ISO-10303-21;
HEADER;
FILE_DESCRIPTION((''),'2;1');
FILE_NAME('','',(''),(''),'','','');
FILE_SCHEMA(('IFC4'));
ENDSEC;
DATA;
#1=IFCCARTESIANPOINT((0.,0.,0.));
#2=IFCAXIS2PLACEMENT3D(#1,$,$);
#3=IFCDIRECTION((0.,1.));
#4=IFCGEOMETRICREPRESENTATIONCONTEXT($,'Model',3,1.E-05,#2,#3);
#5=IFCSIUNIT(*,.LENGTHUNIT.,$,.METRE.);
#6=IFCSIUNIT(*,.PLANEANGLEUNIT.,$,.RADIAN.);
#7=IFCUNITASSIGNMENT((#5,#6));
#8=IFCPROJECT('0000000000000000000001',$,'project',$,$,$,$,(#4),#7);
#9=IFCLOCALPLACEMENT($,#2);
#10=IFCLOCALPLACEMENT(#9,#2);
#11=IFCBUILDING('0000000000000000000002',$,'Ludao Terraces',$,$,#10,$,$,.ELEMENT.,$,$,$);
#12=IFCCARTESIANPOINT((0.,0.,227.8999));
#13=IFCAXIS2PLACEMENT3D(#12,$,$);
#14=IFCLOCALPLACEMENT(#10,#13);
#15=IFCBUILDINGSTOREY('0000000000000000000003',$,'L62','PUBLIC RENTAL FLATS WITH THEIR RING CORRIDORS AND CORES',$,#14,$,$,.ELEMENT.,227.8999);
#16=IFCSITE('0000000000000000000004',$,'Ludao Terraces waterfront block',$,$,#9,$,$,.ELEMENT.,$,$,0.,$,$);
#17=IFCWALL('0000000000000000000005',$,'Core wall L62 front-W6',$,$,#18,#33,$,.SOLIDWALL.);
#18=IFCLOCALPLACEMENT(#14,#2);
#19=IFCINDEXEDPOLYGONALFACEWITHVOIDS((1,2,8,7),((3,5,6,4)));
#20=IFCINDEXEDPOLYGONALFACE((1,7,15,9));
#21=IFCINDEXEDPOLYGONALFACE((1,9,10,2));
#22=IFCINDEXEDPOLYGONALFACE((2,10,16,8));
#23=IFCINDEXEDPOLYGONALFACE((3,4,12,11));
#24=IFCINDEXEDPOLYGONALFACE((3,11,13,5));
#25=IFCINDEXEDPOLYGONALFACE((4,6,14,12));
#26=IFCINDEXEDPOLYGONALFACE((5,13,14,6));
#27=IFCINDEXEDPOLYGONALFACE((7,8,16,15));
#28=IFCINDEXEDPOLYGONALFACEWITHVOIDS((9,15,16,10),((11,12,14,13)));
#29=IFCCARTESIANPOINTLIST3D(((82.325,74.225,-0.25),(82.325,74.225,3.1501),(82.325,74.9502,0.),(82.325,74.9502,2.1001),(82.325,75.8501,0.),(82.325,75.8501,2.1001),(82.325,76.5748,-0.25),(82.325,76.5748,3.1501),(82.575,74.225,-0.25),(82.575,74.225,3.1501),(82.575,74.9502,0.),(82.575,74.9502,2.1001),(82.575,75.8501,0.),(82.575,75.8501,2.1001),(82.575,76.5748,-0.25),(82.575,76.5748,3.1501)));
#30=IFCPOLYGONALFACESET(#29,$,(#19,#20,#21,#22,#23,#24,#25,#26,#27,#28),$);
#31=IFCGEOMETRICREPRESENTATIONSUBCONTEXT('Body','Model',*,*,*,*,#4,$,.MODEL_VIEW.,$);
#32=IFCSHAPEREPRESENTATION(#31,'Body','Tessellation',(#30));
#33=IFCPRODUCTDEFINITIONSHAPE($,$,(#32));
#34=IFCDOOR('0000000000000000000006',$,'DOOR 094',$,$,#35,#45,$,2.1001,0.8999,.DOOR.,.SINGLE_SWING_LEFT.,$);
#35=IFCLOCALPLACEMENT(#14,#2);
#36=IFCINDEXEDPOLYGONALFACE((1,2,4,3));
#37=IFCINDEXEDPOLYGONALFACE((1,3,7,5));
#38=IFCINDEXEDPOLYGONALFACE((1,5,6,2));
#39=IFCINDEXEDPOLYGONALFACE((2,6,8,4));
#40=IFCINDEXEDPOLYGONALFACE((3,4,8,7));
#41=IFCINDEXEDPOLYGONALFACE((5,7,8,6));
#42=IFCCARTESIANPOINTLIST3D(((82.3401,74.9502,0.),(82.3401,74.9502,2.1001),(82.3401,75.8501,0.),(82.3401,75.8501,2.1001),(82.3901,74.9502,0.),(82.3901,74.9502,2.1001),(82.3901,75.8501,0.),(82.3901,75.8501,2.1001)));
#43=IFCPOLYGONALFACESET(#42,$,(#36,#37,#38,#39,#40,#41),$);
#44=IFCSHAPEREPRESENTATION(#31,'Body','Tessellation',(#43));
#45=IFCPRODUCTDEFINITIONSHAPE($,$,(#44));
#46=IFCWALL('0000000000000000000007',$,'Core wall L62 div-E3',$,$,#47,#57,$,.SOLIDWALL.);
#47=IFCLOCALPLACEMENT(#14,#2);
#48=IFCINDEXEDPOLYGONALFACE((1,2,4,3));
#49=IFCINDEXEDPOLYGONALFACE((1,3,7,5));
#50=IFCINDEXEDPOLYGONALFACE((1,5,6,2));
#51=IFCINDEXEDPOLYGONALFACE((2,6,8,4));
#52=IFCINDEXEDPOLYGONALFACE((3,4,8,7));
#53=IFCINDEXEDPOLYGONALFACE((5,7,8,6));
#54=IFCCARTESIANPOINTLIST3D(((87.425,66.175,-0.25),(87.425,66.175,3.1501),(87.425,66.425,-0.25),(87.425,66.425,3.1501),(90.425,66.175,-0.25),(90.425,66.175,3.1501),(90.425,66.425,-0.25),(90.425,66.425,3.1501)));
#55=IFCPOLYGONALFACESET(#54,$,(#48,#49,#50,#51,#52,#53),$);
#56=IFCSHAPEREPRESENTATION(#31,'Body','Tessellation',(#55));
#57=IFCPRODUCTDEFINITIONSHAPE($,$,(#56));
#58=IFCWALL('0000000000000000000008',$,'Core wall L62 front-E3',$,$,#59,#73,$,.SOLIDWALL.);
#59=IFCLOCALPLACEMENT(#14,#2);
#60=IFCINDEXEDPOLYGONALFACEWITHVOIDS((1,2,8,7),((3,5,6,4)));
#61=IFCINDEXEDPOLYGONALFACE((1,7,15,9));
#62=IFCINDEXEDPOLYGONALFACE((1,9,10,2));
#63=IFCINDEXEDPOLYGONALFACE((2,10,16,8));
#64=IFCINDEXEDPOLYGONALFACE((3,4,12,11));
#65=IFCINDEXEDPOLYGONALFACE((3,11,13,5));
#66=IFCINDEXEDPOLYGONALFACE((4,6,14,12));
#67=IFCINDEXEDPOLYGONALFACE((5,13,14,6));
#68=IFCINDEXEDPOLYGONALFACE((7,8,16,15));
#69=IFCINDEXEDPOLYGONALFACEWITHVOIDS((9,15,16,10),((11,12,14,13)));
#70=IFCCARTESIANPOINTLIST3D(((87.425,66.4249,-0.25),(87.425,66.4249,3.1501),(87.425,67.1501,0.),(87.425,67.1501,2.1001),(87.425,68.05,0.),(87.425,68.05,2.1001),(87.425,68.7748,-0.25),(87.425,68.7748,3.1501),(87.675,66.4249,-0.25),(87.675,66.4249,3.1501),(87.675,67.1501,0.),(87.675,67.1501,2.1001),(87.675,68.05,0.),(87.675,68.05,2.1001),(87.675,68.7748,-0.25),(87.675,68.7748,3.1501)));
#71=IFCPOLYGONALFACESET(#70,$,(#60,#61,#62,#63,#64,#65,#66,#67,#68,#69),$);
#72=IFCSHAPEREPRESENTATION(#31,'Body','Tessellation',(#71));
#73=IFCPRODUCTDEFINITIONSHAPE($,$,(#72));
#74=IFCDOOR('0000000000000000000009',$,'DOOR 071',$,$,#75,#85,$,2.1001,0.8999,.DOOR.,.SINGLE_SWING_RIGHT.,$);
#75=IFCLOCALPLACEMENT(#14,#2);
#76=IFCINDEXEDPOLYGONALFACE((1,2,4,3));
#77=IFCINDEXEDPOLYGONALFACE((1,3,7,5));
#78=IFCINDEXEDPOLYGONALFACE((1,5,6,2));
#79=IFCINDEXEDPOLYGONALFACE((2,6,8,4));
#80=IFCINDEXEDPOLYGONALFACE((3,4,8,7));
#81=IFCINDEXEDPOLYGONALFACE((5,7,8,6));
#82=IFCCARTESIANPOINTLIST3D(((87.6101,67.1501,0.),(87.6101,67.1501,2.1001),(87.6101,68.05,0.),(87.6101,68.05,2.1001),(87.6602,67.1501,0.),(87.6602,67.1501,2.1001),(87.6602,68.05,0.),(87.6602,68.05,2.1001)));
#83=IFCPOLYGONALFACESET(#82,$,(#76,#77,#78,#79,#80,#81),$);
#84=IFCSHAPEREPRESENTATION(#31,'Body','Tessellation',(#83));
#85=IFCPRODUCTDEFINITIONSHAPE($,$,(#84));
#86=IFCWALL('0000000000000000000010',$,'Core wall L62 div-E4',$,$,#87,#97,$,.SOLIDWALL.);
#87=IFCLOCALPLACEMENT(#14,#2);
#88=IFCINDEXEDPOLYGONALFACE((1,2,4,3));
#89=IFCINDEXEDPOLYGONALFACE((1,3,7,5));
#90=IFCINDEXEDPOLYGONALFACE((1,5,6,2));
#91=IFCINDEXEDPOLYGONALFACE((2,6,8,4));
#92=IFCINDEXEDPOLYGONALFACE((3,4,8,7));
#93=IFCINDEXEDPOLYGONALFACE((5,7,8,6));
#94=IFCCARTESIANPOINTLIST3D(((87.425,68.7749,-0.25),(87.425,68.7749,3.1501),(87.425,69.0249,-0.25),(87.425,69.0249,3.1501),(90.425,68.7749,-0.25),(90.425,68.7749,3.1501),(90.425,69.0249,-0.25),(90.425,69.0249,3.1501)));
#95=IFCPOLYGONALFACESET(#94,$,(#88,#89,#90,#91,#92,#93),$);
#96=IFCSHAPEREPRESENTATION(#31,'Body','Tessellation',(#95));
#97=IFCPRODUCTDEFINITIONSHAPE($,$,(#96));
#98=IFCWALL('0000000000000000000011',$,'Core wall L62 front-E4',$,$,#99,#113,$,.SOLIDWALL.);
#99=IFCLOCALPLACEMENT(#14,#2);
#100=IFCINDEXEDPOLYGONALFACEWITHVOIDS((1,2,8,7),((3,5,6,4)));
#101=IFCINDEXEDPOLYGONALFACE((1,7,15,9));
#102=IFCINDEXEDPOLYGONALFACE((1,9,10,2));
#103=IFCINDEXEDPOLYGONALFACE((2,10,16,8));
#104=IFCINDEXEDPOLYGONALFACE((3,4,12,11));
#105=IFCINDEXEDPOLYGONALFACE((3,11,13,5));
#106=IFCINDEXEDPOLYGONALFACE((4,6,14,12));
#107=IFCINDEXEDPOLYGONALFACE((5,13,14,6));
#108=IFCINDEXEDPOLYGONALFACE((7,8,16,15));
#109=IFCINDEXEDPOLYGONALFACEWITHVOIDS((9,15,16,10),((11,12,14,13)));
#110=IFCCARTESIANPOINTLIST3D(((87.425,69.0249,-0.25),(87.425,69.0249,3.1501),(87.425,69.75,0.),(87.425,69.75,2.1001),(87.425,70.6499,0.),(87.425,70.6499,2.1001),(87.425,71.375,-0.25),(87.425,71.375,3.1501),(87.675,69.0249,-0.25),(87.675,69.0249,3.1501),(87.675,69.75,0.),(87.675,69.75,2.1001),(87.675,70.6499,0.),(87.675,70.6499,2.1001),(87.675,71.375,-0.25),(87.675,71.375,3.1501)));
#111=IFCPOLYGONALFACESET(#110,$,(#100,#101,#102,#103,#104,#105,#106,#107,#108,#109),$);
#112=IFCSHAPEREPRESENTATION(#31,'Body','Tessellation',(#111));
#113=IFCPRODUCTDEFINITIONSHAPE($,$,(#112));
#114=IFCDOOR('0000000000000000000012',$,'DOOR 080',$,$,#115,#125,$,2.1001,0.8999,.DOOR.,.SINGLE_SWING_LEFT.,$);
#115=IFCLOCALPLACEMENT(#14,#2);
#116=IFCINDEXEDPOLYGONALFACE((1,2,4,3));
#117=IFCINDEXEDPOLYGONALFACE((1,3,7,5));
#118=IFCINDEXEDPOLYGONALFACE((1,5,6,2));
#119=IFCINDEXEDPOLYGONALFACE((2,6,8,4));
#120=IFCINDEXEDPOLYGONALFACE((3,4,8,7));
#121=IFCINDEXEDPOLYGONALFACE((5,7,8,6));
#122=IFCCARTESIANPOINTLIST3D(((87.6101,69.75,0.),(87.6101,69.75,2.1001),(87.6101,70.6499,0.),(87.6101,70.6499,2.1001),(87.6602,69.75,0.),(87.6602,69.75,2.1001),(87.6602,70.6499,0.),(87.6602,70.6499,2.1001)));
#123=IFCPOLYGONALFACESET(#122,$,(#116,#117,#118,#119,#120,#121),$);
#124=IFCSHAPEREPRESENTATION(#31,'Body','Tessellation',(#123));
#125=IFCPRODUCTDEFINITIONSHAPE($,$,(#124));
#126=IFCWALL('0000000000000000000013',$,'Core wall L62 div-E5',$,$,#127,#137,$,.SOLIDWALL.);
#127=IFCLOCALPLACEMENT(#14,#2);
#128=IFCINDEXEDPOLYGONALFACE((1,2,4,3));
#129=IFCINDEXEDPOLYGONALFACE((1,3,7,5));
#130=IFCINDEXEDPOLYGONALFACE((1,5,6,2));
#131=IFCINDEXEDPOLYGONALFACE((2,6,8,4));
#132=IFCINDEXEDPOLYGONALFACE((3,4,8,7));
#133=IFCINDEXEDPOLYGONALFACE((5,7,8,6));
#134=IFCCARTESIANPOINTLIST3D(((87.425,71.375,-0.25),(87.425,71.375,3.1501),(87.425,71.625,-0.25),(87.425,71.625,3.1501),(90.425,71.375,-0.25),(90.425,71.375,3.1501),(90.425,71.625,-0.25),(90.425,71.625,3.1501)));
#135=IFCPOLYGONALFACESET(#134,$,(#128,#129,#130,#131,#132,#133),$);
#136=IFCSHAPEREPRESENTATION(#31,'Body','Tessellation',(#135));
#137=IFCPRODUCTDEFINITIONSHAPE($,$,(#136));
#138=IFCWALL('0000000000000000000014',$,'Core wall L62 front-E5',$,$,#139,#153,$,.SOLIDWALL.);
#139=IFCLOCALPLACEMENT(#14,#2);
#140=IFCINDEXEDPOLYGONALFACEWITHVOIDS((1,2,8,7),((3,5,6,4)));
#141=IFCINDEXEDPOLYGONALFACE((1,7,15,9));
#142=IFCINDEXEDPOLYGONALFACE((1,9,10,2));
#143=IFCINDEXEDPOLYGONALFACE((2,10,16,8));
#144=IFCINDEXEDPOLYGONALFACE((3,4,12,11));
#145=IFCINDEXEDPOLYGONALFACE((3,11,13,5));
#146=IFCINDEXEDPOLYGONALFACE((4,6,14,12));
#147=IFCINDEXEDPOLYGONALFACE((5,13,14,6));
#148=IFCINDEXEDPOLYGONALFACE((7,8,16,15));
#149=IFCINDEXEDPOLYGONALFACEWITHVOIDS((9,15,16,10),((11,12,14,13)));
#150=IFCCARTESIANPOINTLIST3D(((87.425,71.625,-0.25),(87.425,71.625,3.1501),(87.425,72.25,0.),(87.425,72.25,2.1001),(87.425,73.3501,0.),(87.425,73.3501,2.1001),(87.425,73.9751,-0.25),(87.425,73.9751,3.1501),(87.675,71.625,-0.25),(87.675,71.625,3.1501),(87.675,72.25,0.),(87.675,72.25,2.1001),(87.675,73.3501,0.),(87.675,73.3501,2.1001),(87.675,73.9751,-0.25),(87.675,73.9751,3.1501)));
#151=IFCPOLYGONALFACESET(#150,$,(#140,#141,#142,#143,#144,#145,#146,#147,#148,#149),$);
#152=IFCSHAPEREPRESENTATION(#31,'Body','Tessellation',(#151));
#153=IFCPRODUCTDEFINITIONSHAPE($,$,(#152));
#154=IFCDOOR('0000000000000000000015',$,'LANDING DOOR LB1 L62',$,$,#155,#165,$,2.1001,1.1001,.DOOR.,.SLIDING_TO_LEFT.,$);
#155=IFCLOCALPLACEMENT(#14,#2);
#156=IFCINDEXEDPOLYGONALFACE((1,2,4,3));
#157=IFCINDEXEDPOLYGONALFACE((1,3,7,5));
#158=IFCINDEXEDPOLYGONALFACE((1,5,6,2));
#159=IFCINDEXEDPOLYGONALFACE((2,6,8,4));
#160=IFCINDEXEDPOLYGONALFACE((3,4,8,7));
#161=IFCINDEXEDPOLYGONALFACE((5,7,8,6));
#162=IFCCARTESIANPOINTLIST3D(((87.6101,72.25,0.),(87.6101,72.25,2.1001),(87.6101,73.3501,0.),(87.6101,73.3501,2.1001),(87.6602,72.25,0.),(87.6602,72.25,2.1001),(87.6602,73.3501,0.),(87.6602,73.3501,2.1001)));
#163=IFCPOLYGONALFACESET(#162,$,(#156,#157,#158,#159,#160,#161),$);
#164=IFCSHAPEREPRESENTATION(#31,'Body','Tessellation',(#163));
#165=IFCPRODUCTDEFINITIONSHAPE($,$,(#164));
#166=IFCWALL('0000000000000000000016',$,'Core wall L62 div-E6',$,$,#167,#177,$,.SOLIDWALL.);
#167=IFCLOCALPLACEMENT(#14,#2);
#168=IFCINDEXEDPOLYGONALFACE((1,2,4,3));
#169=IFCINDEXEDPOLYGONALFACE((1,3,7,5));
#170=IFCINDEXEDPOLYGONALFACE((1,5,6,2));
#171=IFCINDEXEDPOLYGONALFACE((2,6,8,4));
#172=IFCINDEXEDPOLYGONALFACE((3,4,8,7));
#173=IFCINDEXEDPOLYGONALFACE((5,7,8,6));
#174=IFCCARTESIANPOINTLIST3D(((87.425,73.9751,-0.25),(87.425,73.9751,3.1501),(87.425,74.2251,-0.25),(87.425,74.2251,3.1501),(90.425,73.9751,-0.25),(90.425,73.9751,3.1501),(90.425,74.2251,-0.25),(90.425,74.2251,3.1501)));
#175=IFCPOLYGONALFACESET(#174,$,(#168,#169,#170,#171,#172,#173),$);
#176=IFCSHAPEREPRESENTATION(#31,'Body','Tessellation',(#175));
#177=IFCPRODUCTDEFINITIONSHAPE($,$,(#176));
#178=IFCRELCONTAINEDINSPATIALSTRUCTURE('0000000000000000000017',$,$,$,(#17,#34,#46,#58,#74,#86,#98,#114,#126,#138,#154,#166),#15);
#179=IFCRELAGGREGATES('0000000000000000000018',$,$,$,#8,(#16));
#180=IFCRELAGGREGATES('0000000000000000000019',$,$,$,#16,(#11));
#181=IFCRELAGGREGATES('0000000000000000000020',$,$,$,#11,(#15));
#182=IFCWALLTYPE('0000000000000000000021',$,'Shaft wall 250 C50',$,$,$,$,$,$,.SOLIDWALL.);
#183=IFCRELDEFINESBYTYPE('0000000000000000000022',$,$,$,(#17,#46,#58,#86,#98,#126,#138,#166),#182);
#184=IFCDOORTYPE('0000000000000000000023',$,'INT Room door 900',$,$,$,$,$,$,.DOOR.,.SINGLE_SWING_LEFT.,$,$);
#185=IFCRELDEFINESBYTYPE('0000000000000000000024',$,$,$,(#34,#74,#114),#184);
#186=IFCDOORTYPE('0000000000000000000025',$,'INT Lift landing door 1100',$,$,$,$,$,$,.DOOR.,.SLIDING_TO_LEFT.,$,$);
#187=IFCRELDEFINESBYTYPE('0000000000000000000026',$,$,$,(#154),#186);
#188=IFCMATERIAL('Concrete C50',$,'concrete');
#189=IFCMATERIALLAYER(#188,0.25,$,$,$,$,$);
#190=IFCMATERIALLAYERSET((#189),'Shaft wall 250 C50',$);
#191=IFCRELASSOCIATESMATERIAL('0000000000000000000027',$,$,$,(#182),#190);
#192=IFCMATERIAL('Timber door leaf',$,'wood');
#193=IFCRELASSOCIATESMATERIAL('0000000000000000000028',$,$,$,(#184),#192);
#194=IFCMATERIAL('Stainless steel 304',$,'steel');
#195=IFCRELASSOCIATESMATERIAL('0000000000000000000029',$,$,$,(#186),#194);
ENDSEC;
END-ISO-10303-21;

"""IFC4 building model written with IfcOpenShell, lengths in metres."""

from ifc_helpers import new_model, si_unit, direction, frame, frame_2d, origin, place, context, subcontext, project, spatial, rectangle, extrude, material, layer, layer_set, type_object, element, fill, save


model = new_model("IFC4")

# Units and contexts
model_context = context("Model", 3, precision=1e-05, world=origin(), true_north=direction((0.0, 1.0)))
body_context = subcontext(model_context, "Body", "Model", "MODEL_VIEW")
ifc_project = project(units=[si_unit("LENGTHUNIT", "METRE"), si_unit("PLANEANGLEUNIT", "RADIAN")], contexts=[model_context])

# Site, building, storey
site_placement = place(None, origin())
site = spatial("IfcSite", under=ifc_project, at=site_placement, Name="Ludao Terraces waterfront block", CompositionType="ELEMENT", RefElevation=0.0)
building_placement = place(site_placement, origin())
building = spatial("IfcBuilding", under=site, at=building_placement, Name="Ludao Terraces", CompositionType="ELEMENT")
storey_placement = place(building_placement, frame((0.0, 0.0, 227.8999)))
storey = spatial("IfcBuildingStorey", under=building, at=storey_placement, Name="L62", Description="PUBLIC RENTAL FLATS WITH THEIR RING CORRIDORS AND CORES", CompositionType="ELEMENT", Elevation=227.8999)

# Wall, opening, door
ifc_material_1 = material(Name="Concrete C50", Category="concrete")
ifc_layer_1 = layer(ifc_material_1, 0.25)
ifc_layer_set_1 = layer_set([ifc_layer_1], Name="Shaft wall 250 C50")
wall_type_1 = type_object("IfcWallType", Name="Shaft wall 250 C50", PredefinedType="SOLIDWALL", material=ifc_layer_set_1)
wall_1_placement = place(storey_placement, frame((82.45, 74.2251, -0.25), z_axis=(0.0, 0.0, 1.0), x_axis=(0.0, 1.0, 0.0)))
wall_1 = element("IfcWall", 1, at=wall_1_placement, inside=storey, type_object=wall_type_1, Name="Core wall L62 front-W6", PredefinedType="SOLIDWALL", context=body_context, shape_type="SweptSolid", body=[
    extrude(rectangle(XDim=2.3499, YDim=0.25, at=frame_2d((1.1748, 0.0))), origin(), (0.0, 0.0, 1.0), 3.4001),
])
opening_1_placement = place(wall_1_placement, frame((0.7251, 0.0, 0.25)))
opening_1 = element("IfcOpeningElement", 2, at=opening_1_placement, cuts=wall_1, PredefinedType="OPENING", context=body_context, shape_type="SweptSolid", body=[
    extrude(rectangle(XDim=0.8999, YDim=2.1001, at=frame_2d((0.45, 1.05))), frame((0.0, 0.135, 0.0), z_axis=(0.0, -1.0, 0.0), x_axis=(1.0, 0.0, 0.0)), (0.0, 0.0, 1.0), 0.27),
])
ifc_material_2 = material(Name="Timber door leaf", Category="wood")
door_type_1 = type_object("IfcDoorType", Name="INT Room door 900", OperationType="SINGLE_SWING_LEFT", PredefinedType="DOOR", material=ifc_material_2)
door_1_placement = place(opening_1_placement, origin())
door_1 = element("IfcDoor", 3, at=door_1_placement, inside=storey, type_object=door_type_1, Name="DOOR 094", OperationType="SINGLE_SWING_LEFT", OverallHeight=2.1001, OverallWidth=0.8999, PredefinedType="DOOR", context=body_context, shape_type="SweptSolid", body=[
    extrude(rectangle(XDim=0.8999, YDim=2.1001, at=frame_2d((0.45, 1.05))), frame((0.0, 0.1099, 0.0), z_axis=(0.0, -1.0, 0.0), x_axis=(1.0, 0.0, 0.0)), (0.0, 0.0, 1.0), 0.05),
])
fill(opening_1, door_1)

# Wall
wall_2_placement = place(storey_placement, frame((87.425, 66.3, -0.25), z_axis=(0.0, 0.0, 1.0), x_axis=(1.0, 0.0, 0.0)))
element("IfcWall", 4, at=wall_2_placement, inside=storey, type_object=wall_type_1, Name="Core wall L62 div-E3", PredefinedType="SOLIDWALL", context=body_context, shape_type="SweptSolid", body=[
    extrude(rectangle(XDim=3.0, YDim=0.25, at=frame_2d((1.5, 0.0))), origin(), (0.0, 0.0, 1.0), 3.4001),
])

# Wall, opening, door
wall_3_placement = place(storey_placement, frame((87.55, 66.425, -0.25), z_axis=(0.0, 0.0, 1.0), x_axis=(0.0, 1.0, 0.0)))
wall_3 = element("IfcWall", 5, at=wall_3_placement, inside=storey, type_object=wall_type_1, Name="Core wall L62 front-E3", PredefinedType="SOLIDWALL", context=body_context, shape_type="SweptSolid", body=[
    extrude(rectangle(XDim=2.3499, YDim=0.25, at=frame_2d((1.1748, 0.0))), origin(), (0.0, 0.0, 1.0), 3.4001),
])
opening_2_placement = place(wall_3_placement, frame((0.7251, 0.0, 0.25)))
opening_2 = element("IfcOpeningElement", 6, at=opening_2_placement, cuts=wall_3, PredefinedType="OPENING", context=body_context, shape_type="SweptSolid", body=[
    extrude(rectangle(XDim=0.8999, YDim=2.1001, at=frame_2d((0.45, 1.05))), frame((0.0, 0.135, 0.0), z_axis=(0.0, -1.0, 0.0), x_axis=(1.0, 0.0, 0.0)), (0.0, 0.0, 1.0), 0.27),
])
door_2_placement = place(opening_2_placement, origin())
door_2 = element("IfcDoor", 7, at=door_2_placement, inside=storey, type_object=door_type_1, Name="DOOR 071", OperationType="SINGLE_SWING_RIGHT", OverallHeight=2.1001, OverallWidth=0.8999, PredefinedType="DOOR", context=body_context, shape_type="SweptSolid", body=[
    extrude(rectangle(XDim=0.8999, YDim=2.1001, at=frame_2d((0.45, 1.05))), frame((0.0, -0.0601, 0.0), z_axis=(0.0, -1.0, 0.0), x_axis=(1.0, 0.0, 0.0)), (0.0, 0.0, 1.0), 0.05),
])
fill(opening_2, door_2)

# Wall
wall_4_placement = place(storey_placement, frame((87.425, 68.8999, -0.25), z_axis=(0.0, 0.0, 1.0), x_axis=(1.0, 0.0, 0.0)))
element("IfcWall", 8, at=wall_4_placement, inside=storey, type_object=wall_type_1, Name="Core wall L62 div-E4", PredefinedType="SOLIDWALL", context=body_context, shape_type="SweptSolid", body=[
    extrude(rectangle(XDim=3.0, YDim=0.25, at=frame_2d((1.5, 0.0))), origin(), (0.0, 0.0, 1.0), 3.4001),
])

# Wall, opening, door
wall_5_placement = place(storey_placement, frame((87.55, 69.0249, -0.25), z_axis=(0.0, 0.0, 1.0), x_axis=(0.0, 1.0, 0.0)))
wall_5 = element("IfcWall", 9, at=wall_5_placement, inside=storey, type_object=wall_type_1, Name="Core wall L62 front-E4", PredefinedType="SOLIDWALL", context=body_context, shape_type="SweptSolid", body=[
    extrude(rectangle(XDim=2.3501, YDim=0.25, at=frame_2d((1.175, 0.0))), origin(), (0.0, 0.0, 1.0), 3.4001),
])
opening_3_placement = place(wall_5_placement, frame((0.7251, 0.0, 0.25)))
opening_3 = element("IfcOpeningElement", 10, at=opening_3_placement, cuts=wall_5, PredefinedType="OPENING", context=body_context, shape_type="SweptSolid", body=[
    extrude(rectangle(XDim=0.8999, YDim=2.1001, at=frame_2d((0.45, 1.05))), frame((0.0, 0.135, 0.0), z_axis=(0.0, -1.0, 0.0), x_axis=(1.0, 0.0, 0.0)), (0.0, 0.0, 1.0), 0.27),
])
door_3_placement = place(opening_3_placement, origin())
door_3 = element("IfcDoor", 11, at=door_3_placement, inside=storey, type_object=door_type_1, Name="DOOR 080", OperationType="SINGLE_SWING_LEFT", OverallHeight=2.1001, OverallWidth=0.8999, PredefinedType="DOOR", context=body_context, shape_type="SweptSolid", body=[
    extrude(rectangle(XDim=0.8999, YDim=2.1001, at=frame_2d((0.45, 1.05))), frame((0.0, -0.0601, 0.0), z_axis=(0.0, -1.0, 0.0), x_axis=(1.0, 0.0, 0.0)), (0.0, 0.0, 1.0), 0.05),
])
fill(opening_3, door_3)

# Wall
wall_6_placement = place(storey_placement, frame((87.425, 71.5, -0.25), z_axis=(0.0, 0.0, 1.0), x_axis=(1.0, 0.0, 0.0)))
element("IfcWall", 12, at=wall_6_placement, inside=storey, type_object=wall_type_1, Name="Core wall L62 div-E5", PredefinedType="SOLIDWALL", context=body_context, shape_type="SweptSolid", body=[
    extrude(rectangle(XDim=3.0, YDim=0.25, at=frame_2d((1.5, 0.0))), origin(), (0.0, 0.0, 1.0), 3.4001),
])

# Wall, opening, door
wall_7_placement = place(storey_placement, frame((87.55, 71.625, -0.25), z_axis=(0.0, 0.0, 1.0), x_axis=(0.0, 1.0, 0.0)))
wall_7 = element("IfcWall", 13, at=wall_7_placement, inside=storey, type_object=wall_type_1, Name="Core wall L62 front-E5", PredefinedType="SOLIDWALL", context=body_context, shape_type="SweptSolid", body=[
    extrude(rectangle(XDim=2.3501, YDim=0.25, at=frame_2d((1.175, 0.0))), origin(), (0.0, 0.0, 1.0), 3.4001),
])
opening_4_placement = place(wall_7_placement, frame((0.625, 0.0, 0.25)))
opening_4 = element("IfcOpeningElement", 14, at=opening_4_placement, cuts=wall_7, PredefinedType="OPENING", context=body_context, shape_type="SweptSolid", body=[
    extrude(rectangle(XDim=1.1001, YDim=2.1001, at=frame_2d((0.55, 1.05))), frame((0.0, 0.135, 0.0), z_axis=(0.0, -1.0, 0.0), x_axis=(1.0, 0.0, 0.0)), (0.0, 0.0, 1.0), 0.27),
])
ifc_material_3 = material(Name="Stainless steel 304", Category="steel")
door_type_2 = type_object("IfcDoorType", Name="INT Lift landing door 1100", OperationType="SLIDING_TO_LEFT", PredefinedType="DOOR", material=ifc_material_3)
door_4_placement = place(opening_4_placement, origin())
door_4 = element("IfcDoor", 15, at=door_4_placement, inside=storey, type_object=door_type_2, Name="LANDING DOOR LB1 L62", OperationType="SLIDING_TO_LEFT", OverallHeight=2.1001, OverallWidth=1.1001, PredefinedType="DOOR", context=body_context, shape_type="SweptSolid", body=[
    extrude(rectangle(XDim=1.1001, YDim=2.1001, at=frame_2d((0.55, 1.05))), frame((0.0, -0.0601, 0.0), z_axis=(0.0, -1.0, 0.0), x_axis=(1.0, 0.0, 0.0)), (0.0, 0.0, 1.0), 0.05),
])
fill(opening_4, door_4)

# Wall
wall_8_placement = place(storey_placement, frame((87.425, 74.1001, -0.25), z_axis=(0.0, 0.0, 1.0), x_axis=(1.0, 0.0, 0.0)))
element("IfcWall", 16, at=wall_8_placement, inside=storey, type_object=wall_type_1, Name="Core wall L62 div-E6", PredefinedType="SOLIDWALL", context=body_context, shape_type="SweptSolid", body=[
    extrude(rectangle(XDim=3.0, YDim=0.25, at=frame_2d((1.5, 0.0))), origin(), (0.0, 0.0, 1.0), 3.4001),
])

save(model, "model.ifc")
